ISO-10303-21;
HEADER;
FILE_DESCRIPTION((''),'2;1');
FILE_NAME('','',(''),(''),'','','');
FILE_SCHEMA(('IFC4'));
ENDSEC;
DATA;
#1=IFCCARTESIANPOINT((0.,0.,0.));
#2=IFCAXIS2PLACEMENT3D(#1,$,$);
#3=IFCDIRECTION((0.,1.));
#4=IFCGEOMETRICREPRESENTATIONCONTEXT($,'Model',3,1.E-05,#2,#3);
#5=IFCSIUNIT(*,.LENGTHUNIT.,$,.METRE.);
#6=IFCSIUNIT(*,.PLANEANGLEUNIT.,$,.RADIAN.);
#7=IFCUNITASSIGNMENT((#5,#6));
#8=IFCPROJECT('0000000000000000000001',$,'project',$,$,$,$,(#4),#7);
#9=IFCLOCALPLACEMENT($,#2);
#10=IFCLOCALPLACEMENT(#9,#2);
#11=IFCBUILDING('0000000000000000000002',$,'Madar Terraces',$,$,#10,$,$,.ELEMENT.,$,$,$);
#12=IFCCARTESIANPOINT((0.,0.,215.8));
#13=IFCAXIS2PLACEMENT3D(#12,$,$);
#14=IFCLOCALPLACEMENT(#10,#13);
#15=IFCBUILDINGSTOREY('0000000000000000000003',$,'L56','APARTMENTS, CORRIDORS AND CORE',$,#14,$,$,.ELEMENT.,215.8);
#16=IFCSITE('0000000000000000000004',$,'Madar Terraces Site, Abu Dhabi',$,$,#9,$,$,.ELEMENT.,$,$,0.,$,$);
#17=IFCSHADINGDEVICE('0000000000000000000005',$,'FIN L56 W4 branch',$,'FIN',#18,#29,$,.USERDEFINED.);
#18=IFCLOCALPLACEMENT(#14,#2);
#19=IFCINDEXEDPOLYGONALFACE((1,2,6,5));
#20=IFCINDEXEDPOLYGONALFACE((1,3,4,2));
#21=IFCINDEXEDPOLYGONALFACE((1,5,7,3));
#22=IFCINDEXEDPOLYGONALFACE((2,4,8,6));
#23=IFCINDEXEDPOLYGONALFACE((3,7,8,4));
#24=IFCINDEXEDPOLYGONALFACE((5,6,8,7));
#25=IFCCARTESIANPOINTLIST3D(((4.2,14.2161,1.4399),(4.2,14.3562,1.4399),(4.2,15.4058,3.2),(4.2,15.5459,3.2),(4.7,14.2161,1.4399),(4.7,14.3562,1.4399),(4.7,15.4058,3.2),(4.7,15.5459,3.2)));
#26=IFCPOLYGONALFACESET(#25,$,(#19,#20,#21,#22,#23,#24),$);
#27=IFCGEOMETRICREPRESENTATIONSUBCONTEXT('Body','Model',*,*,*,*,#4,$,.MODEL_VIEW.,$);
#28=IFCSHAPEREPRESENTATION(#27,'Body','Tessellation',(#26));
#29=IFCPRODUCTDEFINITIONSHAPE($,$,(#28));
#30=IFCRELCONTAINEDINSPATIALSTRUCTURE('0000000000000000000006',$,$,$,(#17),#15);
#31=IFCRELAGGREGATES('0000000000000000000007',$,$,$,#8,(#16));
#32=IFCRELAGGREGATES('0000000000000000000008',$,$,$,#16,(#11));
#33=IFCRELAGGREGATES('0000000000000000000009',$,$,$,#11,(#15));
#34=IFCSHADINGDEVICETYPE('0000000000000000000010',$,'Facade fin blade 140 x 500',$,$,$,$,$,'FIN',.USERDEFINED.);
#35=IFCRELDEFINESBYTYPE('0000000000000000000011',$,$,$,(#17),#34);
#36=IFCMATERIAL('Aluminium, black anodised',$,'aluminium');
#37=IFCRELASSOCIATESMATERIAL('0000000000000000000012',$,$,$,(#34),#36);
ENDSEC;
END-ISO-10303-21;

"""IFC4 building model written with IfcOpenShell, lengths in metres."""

from ifc_helpers import new_model, si_unit, direction, frame, origin, place, context, subcontext, project, spatial, polyline, outline, extrude, material, type_object, element, save


model = new_model("IFC4")

# Units and contexts
model_context = context("Model", 3, precision=1e-05, world=origin(), true_north=direction((0.0, 1.0)))
body_context = subcontext(model_context, "Body", "Model", "MODEL_VIEW")
ifc_project = project(units=[si_unit("LENGTHUNIT", "METRE"), si_unit("PLANEANGLEUNIT", "RADIAN")], contexts=[model_context])

# Site, building, storey
site_placement = place(None, origin())
site = spatial("IfcSite", under=ifc_project, at=site_placement, Name="Madar Terraces Site, Abu Dhabi", CompositionType="ELEMENT", RefElevation=0.0)
building_placement = place(site_placement, origin())
building = spatial("IfcBuilding", under=site, at=building_placement, Name="Madar Terraces", CompositionType="ELEMENT")
storey_placement = place(building_placement, frame((0.0, 0.0, 215.8)))
storey = spatial("IfcBuildingStorey", under=building, at=storey_placement, Name="L56", Description="APARTMENTS, CORRIDORS AND CORE", CompositionType="ELEMENT", Elevation=215.8)

# Shading device
ifc_material_1 = material(Name="Aluminium, black anodised", Category="aluminium")
shading_device_type = type_object("IfcShadingDeviceType", Name="Facade fin blade 140 x 500", ElementType="FIN", PredefinedType="USERDEFINED", material=ifc_material_1)
shading_device_placement = place(storey_placement, frame((4.45, 14.3562, 1.4399), z_axis=(0.0, 0.0, 1.0), x_axis=(0.0, -1.0, 0.0)))
element("IfcShadingDevice", 1, at=shading_device_placement, inside=storey, type_object=shading_device_type, Name="FIN L56 W4 branch", ObjectType="FIN", PredefinedType="USERDEFINED", context=body_context, shape_type="SweptSolid", body=[
    extrude(outline(polyline([(0.0, 0.0), (0.1401, 0.0), (-1.0496, 1.76), (-1.1897, 1.76), (0.0, 0.0)])), frame((0.0, 0.25, 0.0), z_axis=(0.0, -1.0, 0.0), x_axis=(1.0, 0.0, 0.0)), (0.0, 0.0, 1.0), 0.5),
])

save(model, "model.ifc")
